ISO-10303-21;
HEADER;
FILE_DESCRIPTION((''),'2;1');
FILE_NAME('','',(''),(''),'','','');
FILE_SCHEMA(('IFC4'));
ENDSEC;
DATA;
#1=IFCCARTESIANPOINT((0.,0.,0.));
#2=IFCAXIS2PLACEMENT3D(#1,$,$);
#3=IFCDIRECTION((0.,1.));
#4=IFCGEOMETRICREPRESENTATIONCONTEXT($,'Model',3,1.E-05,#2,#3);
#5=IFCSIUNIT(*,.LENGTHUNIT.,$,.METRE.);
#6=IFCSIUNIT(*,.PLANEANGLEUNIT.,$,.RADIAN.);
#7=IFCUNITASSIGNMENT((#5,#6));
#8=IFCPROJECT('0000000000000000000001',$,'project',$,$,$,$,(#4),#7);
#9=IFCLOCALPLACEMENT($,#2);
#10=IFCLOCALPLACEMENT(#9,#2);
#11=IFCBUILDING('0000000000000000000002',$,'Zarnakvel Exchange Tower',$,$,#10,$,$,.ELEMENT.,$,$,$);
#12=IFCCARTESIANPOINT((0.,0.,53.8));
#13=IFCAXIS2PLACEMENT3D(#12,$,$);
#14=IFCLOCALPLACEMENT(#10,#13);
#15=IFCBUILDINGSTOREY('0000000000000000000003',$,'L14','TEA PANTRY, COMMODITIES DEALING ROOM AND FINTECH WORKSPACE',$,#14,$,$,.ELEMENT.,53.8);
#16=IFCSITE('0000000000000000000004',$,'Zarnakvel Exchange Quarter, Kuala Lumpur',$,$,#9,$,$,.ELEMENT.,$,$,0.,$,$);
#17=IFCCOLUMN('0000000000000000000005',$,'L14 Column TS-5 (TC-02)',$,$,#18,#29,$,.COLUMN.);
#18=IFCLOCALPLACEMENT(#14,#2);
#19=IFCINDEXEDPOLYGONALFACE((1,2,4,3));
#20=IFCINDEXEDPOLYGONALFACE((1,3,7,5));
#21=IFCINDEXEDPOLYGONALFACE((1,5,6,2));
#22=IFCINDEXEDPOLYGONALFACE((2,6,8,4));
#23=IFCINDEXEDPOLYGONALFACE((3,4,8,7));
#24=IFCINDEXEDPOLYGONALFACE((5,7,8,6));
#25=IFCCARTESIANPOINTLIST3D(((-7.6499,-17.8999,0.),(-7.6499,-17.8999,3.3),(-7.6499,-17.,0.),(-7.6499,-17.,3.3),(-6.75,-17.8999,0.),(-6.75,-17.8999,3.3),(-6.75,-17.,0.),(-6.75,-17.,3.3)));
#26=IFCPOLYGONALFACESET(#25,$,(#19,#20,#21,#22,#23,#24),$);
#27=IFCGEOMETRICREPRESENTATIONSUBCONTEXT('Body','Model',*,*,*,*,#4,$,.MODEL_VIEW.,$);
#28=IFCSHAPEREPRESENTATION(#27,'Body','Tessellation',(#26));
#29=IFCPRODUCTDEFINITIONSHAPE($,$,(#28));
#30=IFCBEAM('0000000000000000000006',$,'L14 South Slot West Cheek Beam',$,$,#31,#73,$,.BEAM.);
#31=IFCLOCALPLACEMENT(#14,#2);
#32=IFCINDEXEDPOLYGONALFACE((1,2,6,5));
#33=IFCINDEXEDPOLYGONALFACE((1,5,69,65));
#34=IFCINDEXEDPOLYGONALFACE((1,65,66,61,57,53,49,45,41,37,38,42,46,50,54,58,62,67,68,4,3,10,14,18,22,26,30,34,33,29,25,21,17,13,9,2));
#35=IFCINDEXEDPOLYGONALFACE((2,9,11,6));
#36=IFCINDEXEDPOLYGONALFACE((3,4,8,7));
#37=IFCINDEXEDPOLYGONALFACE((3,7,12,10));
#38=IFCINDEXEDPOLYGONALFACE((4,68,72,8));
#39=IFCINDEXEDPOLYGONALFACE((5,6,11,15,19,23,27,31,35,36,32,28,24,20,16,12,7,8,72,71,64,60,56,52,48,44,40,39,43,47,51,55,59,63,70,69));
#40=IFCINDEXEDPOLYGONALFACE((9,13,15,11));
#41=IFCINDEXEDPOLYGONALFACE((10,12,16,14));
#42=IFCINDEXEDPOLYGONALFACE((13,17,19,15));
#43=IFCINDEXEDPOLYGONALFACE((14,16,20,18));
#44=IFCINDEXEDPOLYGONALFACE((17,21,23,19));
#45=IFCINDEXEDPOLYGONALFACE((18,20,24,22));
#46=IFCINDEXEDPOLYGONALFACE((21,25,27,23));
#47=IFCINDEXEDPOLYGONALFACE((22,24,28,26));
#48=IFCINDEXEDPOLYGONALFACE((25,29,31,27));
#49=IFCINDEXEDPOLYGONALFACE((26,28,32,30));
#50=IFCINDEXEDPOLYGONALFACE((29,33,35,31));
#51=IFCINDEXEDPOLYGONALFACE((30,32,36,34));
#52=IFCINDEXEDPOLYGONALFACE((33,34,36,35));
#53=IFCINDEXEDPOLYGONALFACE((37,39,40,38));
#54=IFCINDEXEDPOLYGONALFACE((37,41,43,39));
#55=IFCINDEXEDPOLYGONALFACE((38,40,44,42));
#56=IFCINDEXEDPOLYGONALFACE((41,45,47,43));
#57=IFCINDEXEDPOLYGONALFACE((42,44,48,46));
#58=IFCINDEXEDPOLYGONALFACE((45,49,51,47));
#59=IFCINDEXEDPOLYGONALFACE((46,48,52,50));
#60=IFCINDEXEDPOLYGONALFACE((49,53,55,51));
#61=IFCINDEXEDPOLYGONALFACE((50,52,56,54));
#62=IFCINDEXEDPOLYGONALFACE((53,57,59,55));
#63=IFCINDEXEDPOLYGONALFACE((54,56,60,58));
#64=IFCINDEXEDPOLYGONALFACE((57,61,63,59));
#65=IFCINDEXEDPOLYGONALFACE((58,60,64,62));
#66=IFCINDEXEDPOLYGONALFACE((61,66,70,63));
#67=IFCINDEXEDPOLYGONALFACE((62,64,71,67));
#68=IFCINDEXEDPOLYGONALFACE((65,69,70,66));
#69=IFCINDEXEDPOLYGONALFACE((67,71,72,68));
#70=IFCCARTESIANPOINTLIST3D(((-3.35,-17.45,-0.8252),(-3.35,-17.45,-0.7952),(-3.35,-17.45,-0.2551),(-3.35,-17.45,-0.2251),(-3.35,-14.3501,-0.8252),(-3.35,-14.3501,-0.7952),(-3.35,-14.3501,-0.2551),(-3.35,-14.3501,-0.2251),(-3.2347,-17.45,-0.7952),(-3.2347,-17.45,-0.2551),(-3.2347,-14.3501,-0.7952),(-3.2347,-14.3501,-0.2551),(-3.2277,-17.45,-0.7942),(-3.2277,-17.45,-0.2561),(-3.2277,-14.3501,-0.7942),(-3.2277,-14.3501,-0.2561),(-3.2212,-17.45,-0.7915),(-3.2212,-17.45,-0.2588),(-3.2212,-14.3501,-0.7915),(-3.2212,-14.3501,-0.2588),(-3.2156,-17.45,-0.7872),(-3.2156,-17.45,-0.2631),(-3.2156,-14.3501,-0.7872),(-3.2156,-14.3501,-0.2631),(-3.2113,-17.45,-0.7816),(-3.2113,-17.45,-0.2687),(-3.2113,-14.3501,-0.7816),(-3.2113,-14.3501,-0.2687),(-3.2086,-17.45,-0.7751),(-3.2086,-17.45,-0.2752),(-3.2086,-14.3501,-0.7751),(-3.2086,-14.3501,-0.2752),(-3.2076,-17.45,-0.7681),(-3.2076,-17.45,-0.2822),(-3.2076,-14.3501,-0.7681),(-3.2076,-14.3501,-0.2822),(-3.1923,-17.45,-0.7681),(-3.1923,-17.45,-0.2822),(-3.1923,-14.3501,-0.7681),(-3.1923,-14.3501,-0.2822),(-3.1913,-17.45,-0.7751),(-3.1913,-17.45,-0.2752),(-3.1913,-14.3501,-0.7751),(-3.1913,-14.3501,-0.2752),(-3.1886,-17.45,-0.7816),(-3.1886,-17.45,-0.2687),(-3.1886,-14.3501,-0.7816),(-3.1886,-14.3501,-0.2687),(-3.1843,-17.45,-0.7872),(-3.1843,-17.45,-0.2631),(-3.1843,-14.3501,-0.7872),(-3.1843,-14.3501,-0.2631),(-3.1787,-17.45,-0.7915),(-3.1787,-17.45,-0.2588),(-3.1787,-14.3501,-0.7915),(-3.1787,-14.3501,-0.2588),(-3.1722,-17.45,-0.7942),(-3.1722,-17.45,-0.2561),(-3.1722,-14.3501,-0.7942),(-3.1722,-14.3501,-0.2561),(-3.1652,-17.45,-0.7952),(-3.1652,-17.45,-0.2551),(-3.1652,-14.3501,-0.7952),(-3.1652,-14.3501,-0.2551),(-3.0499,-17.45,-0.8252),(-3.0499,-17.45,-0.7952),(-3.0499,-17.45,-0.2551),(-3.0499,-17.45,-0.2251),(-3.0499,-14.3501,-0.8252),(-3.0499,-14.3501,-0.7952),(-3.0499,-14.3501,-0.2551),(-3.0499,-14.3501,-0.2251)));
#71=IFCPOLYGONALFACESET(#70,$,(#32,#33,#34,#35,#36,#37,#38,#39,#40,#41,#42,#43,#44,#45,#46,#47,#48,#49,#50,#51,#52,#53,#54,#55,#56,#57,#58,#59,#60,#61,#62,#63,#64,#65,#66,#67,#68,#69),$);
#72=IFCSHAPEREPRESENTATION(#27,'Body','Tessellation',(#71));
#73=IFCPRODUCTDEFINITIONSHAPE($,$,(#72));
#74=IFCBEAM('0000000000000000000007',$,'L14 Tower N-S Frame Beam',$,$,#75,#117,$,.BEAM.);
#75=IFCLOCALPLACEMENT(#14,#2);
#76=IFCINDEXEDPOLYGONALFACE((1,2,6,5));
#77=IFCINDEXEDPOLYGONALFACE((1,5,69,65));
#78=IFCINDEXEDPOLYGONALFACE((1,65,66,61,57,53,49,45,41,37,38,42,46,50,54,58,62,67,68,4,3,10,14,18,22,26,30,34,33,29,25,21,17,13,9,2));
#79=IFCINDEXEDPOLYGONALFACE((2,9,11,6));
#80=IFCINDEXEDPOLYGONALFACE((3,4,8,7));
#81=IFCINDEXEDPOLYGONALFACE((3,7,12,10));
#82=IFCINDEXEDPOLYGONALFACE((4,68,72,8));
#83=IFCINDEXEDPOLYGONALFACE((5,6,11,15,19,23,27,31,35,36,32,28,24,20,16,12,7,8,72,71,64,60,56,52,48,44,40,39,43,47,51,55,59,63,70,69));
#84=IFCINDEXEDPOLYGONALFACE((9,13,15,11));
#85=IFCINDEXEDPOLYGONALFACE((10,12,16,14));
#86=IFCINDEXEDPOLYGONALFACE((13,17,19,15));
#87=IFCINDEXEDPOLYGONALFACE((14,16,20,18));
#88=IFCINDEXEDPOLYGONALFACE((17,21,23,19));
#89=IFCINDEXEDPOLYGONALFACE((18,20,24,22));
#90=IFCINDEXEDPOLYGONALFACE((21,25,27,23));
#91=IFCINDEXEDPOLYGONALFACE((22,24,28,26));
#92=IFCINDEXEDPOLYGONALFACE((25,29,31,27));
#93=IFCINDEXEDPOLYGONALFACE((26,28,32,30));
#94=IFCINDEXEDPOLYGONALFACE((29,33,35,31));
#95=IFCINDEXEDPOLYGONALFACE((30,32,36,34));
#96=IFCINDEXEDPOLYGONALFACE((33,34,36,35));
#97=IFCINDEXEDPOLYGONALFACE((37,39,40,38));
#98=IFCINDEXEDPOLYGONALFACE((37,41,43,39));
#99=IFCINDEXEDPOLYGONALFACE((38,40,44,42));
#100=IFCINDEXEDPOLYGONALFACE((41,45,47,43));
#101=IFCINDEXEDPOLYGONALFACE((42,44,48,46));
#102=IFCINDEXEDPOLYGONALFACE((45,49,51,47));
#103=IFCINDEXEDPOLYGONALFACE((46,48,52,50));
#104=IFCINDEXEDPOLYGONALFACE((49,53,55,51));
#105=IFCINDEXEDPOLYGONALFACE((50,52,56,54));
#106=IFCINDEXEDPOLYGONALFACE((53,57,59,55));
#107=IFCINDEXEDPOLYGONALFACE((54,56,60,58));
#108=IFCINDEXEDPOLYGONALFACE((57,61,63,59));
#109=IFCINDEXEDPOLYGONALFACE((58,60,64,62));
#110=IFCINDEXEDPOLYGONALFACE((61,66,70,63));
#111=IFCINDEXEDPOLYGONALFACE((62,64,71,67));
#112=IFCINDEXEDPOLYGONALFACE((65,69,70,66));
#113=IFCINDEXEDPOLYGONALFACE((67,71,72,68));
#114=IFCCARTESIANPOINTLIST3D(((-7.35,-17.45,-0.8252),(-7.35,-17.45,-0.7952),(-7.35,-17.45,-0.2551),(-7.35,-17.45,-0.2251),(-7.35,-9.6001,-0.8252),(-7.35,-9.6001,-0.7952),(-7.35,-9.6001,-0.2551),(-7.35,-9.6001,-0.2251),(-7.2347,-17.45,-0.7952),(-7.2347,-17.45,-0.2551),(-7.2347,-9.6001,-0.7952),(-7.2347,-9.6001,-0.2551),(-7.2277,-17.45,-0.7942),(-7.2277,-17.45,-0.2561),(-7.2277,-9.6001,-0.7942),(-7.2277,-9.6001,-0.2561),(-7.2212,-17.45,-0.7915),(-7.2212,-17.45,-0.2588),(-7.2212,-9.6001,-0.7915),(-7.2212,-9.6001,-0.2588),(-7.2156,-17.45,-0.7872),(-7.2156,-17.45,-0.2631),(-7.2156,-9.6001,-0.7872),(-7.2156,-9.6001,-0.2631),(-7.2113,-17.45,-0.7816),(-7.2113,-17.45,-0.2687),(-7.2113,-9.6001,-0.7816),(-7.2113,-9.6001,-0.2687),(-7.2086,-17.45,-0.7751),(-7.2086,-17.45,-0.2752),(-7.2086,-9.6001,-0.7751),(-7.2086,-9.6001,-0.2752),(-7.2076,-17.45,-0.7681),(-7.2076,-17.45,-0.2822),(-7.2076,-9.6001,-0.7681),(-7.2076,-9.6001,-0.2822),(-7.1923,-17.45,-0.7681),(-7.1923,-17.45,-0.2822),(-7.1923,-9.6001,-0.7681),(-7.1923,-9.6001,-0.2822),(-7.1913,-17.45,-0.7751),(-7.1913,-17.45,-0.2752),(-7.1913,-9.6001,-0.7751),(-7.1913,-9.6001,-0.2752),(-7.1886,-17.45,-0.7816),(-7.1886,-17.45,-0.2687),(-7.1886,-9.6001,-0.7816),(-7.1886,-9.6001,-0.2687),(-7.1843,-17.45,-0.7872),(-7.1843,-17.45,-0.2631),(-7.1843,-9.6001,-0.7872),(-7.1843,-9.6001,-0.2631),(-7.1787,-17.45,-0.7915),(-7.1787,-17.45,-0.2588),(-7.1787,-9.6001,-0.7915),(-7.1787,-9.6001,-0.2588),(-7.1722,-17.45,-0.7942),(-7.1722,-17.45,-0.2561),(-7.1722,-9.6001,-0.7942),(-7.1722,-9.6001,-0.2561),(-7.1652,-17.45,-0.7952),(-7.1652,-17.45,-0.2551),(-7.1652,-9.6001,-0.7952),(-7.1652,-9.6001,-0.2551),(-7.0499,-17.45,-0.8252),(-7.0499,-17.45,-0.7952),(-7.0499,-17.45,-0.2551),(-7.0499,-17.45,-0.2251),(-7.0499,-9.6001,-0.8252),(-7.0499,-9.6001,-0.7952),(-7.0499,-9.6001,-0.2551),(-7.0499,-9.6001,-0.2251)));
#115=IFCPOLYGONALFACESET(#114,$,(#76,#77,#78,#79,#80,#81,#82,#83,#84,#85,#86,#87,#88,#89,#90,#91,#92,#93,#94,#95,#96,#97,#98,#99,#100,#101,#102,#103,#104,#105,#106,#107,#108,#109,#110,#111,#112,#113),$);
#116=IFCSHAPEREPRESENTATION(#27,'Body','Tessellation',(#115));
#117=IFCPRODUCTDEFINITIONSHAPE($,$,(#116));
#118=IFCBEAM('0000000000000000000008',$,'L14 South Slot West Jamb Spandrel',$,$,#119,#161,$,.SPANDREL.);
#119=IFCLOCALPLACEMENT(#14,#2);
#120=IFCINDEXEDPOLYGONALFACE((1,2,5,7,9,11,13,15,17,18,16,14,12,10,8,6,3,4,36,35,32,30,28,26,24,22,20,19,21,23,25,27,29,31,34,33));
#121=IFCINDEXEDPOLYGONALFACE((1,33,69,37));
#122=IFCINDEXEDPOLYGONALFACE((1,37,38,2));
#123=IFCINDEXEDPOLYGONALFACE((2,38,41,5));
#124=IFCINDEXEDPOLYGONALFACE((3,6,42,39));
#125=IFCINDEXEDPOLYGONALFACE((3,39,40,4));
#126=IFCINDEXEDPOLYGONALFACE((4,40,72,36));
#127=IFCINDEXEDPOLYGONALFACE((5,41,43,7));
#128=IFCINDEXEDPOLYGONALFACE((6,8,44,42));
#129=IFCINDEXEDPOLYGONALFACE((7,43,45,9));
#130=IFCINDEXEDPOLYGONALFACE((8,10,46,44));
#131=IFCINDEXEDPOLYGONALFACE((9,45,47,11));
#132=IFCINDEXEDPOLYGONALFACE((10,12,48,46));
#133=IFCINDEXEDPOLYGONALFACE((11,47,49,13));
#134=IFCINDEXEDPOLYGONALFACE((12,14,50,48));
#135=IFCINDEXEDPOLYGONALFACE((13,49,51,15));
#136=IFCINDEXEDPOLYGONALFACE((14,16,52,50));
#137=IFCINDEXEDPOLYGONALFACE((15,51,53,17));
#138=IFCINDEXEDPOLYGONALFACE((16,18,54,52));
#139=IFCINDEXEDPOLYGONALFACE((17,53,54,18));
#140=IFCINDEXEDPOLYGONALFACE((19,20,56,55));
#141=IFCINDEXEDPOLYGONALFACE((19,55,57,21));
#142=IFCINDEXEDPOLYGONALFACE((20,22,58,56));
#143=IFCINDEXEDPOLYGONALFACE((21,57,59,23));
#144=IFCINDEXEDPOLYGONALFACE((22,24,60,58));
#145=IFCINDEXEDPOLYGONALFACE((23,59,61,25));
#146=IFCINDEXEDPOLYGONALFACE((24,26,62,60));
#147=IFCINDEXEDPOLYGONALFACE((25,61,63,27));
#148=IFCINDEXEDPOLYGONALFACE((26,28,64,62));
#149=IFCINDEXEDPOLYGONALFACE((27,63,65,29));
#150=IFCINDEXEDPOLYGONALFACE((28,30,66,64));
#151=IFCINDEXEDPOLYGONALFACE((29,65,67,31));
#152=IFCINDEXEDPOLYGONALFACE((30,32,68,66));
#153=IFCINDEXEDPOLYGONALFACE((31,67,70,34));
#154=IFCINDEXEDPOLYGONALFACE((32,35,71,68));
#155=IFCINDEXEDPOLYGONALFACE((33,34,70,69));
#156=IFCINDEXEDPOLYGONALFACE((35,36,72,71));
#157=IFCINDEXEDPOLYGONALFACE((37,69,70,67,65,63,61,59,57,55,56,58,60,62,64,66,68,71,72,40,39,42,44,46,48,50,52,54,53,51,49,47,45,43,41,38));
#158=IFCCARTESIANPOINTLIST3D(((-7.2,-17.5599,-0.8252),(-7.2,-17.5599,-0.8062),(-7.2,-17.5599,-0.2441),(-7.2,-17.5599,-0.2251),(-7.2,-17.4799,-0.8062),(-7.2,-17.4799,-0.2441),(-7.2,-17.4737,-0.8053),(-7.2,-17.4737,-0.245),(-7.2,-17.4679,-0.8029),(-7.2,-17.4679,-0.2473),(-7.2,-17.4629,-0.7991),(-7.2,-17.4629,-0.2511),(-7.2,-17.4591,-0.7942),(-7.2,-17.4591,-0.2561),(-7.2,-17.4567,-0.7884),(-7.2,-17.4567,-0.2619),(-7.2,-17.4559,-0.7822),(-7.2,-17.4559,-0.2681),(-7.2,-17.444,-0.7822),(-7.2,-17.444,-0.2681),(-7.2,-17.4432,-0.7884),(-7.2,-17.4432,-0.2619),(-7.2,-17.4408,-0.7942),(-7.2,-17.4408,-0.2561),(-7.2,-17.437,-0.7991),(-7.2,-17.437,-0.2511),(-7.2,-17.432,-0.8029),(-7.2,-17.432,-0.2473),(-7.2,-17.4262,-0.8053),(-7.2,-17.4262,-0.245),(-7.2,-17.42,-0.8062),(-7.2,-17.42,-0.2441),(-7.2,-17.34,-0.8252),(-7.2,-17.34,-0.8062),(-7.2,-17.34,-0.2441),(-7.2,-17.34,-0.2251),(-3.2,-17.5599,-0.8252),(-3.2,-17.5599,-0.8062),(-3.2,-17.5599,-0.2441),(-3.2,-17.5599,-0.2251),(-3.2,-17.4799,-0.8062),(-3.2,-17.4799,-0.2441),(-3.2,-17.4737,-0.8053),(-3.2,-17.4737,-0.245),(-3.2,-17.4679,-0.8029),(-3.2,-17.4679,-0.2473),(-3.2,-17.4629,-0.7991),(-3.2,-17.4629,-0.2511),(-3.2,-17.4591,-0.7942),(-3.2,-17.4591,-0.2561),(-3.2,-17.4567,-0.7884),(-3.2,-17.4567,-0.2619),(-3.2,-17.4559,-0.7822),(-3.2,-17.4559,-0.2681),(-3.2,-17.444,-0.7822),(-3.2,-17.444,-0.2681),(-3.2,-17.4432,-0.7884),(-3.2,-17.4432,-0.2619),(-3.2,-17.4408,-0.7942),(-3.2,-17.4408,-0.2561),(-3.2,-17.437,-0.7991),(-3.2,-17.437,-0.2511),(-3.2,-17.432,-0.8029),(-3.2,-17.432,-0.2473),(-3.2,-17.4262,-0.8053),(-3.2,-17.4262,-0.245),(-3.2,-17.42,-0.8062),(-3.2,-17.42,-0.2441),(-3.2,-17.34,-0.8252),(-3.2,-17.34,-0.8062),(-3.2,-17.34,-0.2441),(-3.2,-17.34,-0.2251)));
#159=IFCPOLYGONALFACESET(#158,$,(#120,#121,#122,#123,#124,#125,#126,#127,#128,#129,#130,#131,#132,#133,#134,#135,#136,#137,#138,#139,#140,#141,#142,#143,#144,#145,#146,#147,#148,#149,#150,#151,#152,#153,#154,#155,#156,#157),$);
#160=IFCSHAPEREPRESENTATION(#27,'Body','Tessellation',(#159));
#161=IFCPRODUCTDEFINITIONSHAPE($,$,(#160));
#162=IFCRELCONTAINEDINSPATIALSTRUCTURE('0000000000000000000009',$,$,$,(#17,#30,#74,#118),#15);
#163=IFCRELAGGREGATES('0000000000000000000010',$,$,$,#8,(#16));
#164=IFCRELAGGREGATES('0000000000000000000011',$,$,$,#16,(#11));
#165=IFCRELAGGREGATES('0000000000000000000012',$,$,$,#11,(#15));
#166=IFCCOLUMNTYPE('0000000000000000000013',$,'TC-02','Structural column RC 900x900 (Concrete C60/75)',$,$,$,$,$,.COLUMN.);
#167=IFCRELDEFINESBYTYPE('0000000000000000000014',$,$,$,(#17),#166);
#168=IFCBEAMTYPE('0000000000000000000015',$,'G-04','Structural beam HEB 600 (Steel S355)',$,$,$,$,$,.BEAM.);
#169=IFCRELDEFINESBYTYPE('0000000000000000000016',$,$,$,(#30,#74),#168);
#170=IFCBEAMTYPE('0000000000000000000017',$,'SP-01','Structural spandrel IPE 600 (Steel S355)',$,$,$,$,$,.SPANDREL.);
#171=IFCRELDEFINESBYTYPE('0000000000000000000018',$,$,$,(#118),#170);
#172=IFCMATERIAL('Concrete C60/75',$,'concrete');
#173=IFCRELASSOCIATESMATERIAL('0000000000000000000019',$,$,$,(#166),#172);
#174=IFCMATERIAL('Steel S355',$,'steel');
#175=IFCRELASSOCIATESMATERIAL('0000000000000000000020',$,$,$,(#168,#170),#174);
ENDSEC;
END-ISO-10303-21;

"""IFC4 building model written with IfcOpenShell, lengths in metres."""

from ifc_helpers import new_model, si_unit, direction, frame, origin, origin_2d, place, context, subcontext, project, spatial, rectangle, i_section, extrude, material, material_profile, profile_set, type_object, element, save


model = new_model("IFC4")

# Units and contexts
model_context = context("Model", 3, precision=1e-05, world=origin(), true_north=direction((0.0, 1.0)))
body_context = subcontext(model_context, "Body", "Model", "MODEL_VIEW")
ifc_project = project(units=[si_unit("LENGTHUNIT", "METRE"), si_unit("PLANEANGLEUNIT", "RADIAN")], contexts=[model_context])

# Site, building, storey
site_placement = place(None, origin())
site = spatial("IfcSite", under=ifc_project, at=site_placement, Name="Zarnakvel Exchange Quarter, Kuala Lumpur", CompositionType="ELEMENT", RefElevation=0.0)
building_placement = place(site_placement, origin())
building = spatial("IfcBuilding", under=site, at=building_placement, Name="Zarnakvel Exchange Tower", CompositionType="ELEMENT")
storey_placement = place(building_placement, frame((0.0, 0.0, 53.8)))
storey = spatial("IfcBuildingStorey", under=building, at=storey_placement, Name="L14", Description="TEA PANTRY, COMMODITIES DEALING ROOM AND FINTECH WORKSPACE", CompositionType="ELEMENT", Elevation=53.8)

# Column
ifc_material_1 = material(Name="Concrete C60/75", Category="concrete")
ifc_material_profile_1 = material_profile(ifc_material_1, rectangle(XDim=0.8999, YDim=0.8999, at=origin_2d()))
ifc_profile_set_1 = profile_set([ifc_material_profile_1], Name="Concrete C60/75")
column_type = type_object("IfcColumnType", Name="TC-02", Description="Structural column RC 900x900 (Concrete C60/75)", PredefinedType="COLUMN", material=ifc_profile_set_1)
column_placement = place(storey_placement, frame((-7.2, -17.45, 0.0), z_axis=(0.0, 0.0, 1.0), x_axis=(1.0, 0.0, 0.0)))
element("IfcColumn", 1, at=column_placement, inside=storey, type_object=column_type, Name="L14 Column TS-5 (TC-02)", PredefinedType="COLUMN", context=body_context, shape_type="SweptSolid", body=[
    extrude(rectangle(XDim=0.8999, YDim=0.8999, at=origin_2d()), origin(), (0.0, 0.0, 1.0), 3.3),
])

# Beams
ifc_material_2 = material(Name="Steel S355", Category="steel")
ifc_material_profile_2 = material_profile(ifc_material_2, i_section(OverallWidth=0.3, OverallDepth=0.6001, WebThickness=0.0154, FlangeThickness=0.03, FilletRadius=0.0271, at=origin_2d()))
ifc_profile_set_2 = profile_set([ifc_material_profile_2], Name="Steel S355")
beam_type_1 = type_object("IfcBeamType", Name="G-04", Description="Structural beam HEB 600 (Steel S355)", PredefinedType="BEAM", material=ifc_profile_set_2)
beam_1_placement = place(storey_placement, frame((-3.2, -17.45, -0.5251), z_axis=(0.0, 1.0, 0.0), x_axis=(-1.0, 0.0, 0.0)))
element("IfcBeam", 2, at=beam_1_placement, inside=storey, type_object=beam_type_1, Name="L14 South Slot West Cheek Beam", PredefinedType="BEAM", context=body_context, shape_type="SweptSolid", body=[
    extrude(i_section(OverallWidth=0.3, OverallDepth=0.6001, WebThickness=0.0154, FlangeThickness=0.03, FilletRadius=0.0271, at=origin_2d()), origin(), (0.0, 0.0, 1.0), 3.0999),
])
beam_2_placement = place(storey_placement, frame((-7.2, -17.45, -0.5251), z_axis=(0.0, 1.0, 0.0), x_axis=(-1.0, 0.0, 0.0)))
element("IfcBeam", 3, at=beam_2_placement, inside=storey, type_object=beam_type_1, Name="L14 Tower N-S Frame Beam", PredefinedType="BEAM", context=body_context, shape_type="SweptSolid", body=[
    extrude(i_section(OverallWidth=0.3, OverallDepth=0.6001, WebThickness=0.0154, FlangeThickness=0.03, FilletRadius=0.0271, at=origin_2d()), origin(), (0.0, 0.0, 1.0), 7.8499),
])
ifc_material_profile_3 = material_profile(ifc_material_2, i_section(OverallWidth=0.22, OverallDepth=0.6001, WebThickness=0.012, FlangeThickness=0.019, FilletRadius=0.0239, at=origin_2d()))
ifc_profile_set_3 = profile_set([ifc_material_profile_3], Name="Steel S355")
beam_type_2 = type_object("IfcBeamType", Name="SP-01", Description="Structural spandrel IPE 600 (Steel S355)", PredefinedType="SPANDREL", material=ifc_profile_set_3)
beam_3_placement = place(storey_placement, frame((-7.2, -17.45, -0.5251), z_axis=(1.0, 0.0, 0.0), x_axis=(0.0, 1.0, 0.0)))
element("IfcBeam", 4, at=beam_3_placement, inside=storey, type_object=beam_type_2, Name="L14 South Slot West Jamb Spandrel", PredefinedType="SPANDREL", context=body_context, shape_type="SweptSolid", body=[
    extrude(i_section(OverallWidth=0.22, OverallDepth=0.6001, WebThickness=0.012, FlangeThickness=0.019, FilletRadius=0.0239, at=origin_2d()), origin(), (0.0, 0.0, 1.0), 4.0),
])

save(model, "model.ifc")
